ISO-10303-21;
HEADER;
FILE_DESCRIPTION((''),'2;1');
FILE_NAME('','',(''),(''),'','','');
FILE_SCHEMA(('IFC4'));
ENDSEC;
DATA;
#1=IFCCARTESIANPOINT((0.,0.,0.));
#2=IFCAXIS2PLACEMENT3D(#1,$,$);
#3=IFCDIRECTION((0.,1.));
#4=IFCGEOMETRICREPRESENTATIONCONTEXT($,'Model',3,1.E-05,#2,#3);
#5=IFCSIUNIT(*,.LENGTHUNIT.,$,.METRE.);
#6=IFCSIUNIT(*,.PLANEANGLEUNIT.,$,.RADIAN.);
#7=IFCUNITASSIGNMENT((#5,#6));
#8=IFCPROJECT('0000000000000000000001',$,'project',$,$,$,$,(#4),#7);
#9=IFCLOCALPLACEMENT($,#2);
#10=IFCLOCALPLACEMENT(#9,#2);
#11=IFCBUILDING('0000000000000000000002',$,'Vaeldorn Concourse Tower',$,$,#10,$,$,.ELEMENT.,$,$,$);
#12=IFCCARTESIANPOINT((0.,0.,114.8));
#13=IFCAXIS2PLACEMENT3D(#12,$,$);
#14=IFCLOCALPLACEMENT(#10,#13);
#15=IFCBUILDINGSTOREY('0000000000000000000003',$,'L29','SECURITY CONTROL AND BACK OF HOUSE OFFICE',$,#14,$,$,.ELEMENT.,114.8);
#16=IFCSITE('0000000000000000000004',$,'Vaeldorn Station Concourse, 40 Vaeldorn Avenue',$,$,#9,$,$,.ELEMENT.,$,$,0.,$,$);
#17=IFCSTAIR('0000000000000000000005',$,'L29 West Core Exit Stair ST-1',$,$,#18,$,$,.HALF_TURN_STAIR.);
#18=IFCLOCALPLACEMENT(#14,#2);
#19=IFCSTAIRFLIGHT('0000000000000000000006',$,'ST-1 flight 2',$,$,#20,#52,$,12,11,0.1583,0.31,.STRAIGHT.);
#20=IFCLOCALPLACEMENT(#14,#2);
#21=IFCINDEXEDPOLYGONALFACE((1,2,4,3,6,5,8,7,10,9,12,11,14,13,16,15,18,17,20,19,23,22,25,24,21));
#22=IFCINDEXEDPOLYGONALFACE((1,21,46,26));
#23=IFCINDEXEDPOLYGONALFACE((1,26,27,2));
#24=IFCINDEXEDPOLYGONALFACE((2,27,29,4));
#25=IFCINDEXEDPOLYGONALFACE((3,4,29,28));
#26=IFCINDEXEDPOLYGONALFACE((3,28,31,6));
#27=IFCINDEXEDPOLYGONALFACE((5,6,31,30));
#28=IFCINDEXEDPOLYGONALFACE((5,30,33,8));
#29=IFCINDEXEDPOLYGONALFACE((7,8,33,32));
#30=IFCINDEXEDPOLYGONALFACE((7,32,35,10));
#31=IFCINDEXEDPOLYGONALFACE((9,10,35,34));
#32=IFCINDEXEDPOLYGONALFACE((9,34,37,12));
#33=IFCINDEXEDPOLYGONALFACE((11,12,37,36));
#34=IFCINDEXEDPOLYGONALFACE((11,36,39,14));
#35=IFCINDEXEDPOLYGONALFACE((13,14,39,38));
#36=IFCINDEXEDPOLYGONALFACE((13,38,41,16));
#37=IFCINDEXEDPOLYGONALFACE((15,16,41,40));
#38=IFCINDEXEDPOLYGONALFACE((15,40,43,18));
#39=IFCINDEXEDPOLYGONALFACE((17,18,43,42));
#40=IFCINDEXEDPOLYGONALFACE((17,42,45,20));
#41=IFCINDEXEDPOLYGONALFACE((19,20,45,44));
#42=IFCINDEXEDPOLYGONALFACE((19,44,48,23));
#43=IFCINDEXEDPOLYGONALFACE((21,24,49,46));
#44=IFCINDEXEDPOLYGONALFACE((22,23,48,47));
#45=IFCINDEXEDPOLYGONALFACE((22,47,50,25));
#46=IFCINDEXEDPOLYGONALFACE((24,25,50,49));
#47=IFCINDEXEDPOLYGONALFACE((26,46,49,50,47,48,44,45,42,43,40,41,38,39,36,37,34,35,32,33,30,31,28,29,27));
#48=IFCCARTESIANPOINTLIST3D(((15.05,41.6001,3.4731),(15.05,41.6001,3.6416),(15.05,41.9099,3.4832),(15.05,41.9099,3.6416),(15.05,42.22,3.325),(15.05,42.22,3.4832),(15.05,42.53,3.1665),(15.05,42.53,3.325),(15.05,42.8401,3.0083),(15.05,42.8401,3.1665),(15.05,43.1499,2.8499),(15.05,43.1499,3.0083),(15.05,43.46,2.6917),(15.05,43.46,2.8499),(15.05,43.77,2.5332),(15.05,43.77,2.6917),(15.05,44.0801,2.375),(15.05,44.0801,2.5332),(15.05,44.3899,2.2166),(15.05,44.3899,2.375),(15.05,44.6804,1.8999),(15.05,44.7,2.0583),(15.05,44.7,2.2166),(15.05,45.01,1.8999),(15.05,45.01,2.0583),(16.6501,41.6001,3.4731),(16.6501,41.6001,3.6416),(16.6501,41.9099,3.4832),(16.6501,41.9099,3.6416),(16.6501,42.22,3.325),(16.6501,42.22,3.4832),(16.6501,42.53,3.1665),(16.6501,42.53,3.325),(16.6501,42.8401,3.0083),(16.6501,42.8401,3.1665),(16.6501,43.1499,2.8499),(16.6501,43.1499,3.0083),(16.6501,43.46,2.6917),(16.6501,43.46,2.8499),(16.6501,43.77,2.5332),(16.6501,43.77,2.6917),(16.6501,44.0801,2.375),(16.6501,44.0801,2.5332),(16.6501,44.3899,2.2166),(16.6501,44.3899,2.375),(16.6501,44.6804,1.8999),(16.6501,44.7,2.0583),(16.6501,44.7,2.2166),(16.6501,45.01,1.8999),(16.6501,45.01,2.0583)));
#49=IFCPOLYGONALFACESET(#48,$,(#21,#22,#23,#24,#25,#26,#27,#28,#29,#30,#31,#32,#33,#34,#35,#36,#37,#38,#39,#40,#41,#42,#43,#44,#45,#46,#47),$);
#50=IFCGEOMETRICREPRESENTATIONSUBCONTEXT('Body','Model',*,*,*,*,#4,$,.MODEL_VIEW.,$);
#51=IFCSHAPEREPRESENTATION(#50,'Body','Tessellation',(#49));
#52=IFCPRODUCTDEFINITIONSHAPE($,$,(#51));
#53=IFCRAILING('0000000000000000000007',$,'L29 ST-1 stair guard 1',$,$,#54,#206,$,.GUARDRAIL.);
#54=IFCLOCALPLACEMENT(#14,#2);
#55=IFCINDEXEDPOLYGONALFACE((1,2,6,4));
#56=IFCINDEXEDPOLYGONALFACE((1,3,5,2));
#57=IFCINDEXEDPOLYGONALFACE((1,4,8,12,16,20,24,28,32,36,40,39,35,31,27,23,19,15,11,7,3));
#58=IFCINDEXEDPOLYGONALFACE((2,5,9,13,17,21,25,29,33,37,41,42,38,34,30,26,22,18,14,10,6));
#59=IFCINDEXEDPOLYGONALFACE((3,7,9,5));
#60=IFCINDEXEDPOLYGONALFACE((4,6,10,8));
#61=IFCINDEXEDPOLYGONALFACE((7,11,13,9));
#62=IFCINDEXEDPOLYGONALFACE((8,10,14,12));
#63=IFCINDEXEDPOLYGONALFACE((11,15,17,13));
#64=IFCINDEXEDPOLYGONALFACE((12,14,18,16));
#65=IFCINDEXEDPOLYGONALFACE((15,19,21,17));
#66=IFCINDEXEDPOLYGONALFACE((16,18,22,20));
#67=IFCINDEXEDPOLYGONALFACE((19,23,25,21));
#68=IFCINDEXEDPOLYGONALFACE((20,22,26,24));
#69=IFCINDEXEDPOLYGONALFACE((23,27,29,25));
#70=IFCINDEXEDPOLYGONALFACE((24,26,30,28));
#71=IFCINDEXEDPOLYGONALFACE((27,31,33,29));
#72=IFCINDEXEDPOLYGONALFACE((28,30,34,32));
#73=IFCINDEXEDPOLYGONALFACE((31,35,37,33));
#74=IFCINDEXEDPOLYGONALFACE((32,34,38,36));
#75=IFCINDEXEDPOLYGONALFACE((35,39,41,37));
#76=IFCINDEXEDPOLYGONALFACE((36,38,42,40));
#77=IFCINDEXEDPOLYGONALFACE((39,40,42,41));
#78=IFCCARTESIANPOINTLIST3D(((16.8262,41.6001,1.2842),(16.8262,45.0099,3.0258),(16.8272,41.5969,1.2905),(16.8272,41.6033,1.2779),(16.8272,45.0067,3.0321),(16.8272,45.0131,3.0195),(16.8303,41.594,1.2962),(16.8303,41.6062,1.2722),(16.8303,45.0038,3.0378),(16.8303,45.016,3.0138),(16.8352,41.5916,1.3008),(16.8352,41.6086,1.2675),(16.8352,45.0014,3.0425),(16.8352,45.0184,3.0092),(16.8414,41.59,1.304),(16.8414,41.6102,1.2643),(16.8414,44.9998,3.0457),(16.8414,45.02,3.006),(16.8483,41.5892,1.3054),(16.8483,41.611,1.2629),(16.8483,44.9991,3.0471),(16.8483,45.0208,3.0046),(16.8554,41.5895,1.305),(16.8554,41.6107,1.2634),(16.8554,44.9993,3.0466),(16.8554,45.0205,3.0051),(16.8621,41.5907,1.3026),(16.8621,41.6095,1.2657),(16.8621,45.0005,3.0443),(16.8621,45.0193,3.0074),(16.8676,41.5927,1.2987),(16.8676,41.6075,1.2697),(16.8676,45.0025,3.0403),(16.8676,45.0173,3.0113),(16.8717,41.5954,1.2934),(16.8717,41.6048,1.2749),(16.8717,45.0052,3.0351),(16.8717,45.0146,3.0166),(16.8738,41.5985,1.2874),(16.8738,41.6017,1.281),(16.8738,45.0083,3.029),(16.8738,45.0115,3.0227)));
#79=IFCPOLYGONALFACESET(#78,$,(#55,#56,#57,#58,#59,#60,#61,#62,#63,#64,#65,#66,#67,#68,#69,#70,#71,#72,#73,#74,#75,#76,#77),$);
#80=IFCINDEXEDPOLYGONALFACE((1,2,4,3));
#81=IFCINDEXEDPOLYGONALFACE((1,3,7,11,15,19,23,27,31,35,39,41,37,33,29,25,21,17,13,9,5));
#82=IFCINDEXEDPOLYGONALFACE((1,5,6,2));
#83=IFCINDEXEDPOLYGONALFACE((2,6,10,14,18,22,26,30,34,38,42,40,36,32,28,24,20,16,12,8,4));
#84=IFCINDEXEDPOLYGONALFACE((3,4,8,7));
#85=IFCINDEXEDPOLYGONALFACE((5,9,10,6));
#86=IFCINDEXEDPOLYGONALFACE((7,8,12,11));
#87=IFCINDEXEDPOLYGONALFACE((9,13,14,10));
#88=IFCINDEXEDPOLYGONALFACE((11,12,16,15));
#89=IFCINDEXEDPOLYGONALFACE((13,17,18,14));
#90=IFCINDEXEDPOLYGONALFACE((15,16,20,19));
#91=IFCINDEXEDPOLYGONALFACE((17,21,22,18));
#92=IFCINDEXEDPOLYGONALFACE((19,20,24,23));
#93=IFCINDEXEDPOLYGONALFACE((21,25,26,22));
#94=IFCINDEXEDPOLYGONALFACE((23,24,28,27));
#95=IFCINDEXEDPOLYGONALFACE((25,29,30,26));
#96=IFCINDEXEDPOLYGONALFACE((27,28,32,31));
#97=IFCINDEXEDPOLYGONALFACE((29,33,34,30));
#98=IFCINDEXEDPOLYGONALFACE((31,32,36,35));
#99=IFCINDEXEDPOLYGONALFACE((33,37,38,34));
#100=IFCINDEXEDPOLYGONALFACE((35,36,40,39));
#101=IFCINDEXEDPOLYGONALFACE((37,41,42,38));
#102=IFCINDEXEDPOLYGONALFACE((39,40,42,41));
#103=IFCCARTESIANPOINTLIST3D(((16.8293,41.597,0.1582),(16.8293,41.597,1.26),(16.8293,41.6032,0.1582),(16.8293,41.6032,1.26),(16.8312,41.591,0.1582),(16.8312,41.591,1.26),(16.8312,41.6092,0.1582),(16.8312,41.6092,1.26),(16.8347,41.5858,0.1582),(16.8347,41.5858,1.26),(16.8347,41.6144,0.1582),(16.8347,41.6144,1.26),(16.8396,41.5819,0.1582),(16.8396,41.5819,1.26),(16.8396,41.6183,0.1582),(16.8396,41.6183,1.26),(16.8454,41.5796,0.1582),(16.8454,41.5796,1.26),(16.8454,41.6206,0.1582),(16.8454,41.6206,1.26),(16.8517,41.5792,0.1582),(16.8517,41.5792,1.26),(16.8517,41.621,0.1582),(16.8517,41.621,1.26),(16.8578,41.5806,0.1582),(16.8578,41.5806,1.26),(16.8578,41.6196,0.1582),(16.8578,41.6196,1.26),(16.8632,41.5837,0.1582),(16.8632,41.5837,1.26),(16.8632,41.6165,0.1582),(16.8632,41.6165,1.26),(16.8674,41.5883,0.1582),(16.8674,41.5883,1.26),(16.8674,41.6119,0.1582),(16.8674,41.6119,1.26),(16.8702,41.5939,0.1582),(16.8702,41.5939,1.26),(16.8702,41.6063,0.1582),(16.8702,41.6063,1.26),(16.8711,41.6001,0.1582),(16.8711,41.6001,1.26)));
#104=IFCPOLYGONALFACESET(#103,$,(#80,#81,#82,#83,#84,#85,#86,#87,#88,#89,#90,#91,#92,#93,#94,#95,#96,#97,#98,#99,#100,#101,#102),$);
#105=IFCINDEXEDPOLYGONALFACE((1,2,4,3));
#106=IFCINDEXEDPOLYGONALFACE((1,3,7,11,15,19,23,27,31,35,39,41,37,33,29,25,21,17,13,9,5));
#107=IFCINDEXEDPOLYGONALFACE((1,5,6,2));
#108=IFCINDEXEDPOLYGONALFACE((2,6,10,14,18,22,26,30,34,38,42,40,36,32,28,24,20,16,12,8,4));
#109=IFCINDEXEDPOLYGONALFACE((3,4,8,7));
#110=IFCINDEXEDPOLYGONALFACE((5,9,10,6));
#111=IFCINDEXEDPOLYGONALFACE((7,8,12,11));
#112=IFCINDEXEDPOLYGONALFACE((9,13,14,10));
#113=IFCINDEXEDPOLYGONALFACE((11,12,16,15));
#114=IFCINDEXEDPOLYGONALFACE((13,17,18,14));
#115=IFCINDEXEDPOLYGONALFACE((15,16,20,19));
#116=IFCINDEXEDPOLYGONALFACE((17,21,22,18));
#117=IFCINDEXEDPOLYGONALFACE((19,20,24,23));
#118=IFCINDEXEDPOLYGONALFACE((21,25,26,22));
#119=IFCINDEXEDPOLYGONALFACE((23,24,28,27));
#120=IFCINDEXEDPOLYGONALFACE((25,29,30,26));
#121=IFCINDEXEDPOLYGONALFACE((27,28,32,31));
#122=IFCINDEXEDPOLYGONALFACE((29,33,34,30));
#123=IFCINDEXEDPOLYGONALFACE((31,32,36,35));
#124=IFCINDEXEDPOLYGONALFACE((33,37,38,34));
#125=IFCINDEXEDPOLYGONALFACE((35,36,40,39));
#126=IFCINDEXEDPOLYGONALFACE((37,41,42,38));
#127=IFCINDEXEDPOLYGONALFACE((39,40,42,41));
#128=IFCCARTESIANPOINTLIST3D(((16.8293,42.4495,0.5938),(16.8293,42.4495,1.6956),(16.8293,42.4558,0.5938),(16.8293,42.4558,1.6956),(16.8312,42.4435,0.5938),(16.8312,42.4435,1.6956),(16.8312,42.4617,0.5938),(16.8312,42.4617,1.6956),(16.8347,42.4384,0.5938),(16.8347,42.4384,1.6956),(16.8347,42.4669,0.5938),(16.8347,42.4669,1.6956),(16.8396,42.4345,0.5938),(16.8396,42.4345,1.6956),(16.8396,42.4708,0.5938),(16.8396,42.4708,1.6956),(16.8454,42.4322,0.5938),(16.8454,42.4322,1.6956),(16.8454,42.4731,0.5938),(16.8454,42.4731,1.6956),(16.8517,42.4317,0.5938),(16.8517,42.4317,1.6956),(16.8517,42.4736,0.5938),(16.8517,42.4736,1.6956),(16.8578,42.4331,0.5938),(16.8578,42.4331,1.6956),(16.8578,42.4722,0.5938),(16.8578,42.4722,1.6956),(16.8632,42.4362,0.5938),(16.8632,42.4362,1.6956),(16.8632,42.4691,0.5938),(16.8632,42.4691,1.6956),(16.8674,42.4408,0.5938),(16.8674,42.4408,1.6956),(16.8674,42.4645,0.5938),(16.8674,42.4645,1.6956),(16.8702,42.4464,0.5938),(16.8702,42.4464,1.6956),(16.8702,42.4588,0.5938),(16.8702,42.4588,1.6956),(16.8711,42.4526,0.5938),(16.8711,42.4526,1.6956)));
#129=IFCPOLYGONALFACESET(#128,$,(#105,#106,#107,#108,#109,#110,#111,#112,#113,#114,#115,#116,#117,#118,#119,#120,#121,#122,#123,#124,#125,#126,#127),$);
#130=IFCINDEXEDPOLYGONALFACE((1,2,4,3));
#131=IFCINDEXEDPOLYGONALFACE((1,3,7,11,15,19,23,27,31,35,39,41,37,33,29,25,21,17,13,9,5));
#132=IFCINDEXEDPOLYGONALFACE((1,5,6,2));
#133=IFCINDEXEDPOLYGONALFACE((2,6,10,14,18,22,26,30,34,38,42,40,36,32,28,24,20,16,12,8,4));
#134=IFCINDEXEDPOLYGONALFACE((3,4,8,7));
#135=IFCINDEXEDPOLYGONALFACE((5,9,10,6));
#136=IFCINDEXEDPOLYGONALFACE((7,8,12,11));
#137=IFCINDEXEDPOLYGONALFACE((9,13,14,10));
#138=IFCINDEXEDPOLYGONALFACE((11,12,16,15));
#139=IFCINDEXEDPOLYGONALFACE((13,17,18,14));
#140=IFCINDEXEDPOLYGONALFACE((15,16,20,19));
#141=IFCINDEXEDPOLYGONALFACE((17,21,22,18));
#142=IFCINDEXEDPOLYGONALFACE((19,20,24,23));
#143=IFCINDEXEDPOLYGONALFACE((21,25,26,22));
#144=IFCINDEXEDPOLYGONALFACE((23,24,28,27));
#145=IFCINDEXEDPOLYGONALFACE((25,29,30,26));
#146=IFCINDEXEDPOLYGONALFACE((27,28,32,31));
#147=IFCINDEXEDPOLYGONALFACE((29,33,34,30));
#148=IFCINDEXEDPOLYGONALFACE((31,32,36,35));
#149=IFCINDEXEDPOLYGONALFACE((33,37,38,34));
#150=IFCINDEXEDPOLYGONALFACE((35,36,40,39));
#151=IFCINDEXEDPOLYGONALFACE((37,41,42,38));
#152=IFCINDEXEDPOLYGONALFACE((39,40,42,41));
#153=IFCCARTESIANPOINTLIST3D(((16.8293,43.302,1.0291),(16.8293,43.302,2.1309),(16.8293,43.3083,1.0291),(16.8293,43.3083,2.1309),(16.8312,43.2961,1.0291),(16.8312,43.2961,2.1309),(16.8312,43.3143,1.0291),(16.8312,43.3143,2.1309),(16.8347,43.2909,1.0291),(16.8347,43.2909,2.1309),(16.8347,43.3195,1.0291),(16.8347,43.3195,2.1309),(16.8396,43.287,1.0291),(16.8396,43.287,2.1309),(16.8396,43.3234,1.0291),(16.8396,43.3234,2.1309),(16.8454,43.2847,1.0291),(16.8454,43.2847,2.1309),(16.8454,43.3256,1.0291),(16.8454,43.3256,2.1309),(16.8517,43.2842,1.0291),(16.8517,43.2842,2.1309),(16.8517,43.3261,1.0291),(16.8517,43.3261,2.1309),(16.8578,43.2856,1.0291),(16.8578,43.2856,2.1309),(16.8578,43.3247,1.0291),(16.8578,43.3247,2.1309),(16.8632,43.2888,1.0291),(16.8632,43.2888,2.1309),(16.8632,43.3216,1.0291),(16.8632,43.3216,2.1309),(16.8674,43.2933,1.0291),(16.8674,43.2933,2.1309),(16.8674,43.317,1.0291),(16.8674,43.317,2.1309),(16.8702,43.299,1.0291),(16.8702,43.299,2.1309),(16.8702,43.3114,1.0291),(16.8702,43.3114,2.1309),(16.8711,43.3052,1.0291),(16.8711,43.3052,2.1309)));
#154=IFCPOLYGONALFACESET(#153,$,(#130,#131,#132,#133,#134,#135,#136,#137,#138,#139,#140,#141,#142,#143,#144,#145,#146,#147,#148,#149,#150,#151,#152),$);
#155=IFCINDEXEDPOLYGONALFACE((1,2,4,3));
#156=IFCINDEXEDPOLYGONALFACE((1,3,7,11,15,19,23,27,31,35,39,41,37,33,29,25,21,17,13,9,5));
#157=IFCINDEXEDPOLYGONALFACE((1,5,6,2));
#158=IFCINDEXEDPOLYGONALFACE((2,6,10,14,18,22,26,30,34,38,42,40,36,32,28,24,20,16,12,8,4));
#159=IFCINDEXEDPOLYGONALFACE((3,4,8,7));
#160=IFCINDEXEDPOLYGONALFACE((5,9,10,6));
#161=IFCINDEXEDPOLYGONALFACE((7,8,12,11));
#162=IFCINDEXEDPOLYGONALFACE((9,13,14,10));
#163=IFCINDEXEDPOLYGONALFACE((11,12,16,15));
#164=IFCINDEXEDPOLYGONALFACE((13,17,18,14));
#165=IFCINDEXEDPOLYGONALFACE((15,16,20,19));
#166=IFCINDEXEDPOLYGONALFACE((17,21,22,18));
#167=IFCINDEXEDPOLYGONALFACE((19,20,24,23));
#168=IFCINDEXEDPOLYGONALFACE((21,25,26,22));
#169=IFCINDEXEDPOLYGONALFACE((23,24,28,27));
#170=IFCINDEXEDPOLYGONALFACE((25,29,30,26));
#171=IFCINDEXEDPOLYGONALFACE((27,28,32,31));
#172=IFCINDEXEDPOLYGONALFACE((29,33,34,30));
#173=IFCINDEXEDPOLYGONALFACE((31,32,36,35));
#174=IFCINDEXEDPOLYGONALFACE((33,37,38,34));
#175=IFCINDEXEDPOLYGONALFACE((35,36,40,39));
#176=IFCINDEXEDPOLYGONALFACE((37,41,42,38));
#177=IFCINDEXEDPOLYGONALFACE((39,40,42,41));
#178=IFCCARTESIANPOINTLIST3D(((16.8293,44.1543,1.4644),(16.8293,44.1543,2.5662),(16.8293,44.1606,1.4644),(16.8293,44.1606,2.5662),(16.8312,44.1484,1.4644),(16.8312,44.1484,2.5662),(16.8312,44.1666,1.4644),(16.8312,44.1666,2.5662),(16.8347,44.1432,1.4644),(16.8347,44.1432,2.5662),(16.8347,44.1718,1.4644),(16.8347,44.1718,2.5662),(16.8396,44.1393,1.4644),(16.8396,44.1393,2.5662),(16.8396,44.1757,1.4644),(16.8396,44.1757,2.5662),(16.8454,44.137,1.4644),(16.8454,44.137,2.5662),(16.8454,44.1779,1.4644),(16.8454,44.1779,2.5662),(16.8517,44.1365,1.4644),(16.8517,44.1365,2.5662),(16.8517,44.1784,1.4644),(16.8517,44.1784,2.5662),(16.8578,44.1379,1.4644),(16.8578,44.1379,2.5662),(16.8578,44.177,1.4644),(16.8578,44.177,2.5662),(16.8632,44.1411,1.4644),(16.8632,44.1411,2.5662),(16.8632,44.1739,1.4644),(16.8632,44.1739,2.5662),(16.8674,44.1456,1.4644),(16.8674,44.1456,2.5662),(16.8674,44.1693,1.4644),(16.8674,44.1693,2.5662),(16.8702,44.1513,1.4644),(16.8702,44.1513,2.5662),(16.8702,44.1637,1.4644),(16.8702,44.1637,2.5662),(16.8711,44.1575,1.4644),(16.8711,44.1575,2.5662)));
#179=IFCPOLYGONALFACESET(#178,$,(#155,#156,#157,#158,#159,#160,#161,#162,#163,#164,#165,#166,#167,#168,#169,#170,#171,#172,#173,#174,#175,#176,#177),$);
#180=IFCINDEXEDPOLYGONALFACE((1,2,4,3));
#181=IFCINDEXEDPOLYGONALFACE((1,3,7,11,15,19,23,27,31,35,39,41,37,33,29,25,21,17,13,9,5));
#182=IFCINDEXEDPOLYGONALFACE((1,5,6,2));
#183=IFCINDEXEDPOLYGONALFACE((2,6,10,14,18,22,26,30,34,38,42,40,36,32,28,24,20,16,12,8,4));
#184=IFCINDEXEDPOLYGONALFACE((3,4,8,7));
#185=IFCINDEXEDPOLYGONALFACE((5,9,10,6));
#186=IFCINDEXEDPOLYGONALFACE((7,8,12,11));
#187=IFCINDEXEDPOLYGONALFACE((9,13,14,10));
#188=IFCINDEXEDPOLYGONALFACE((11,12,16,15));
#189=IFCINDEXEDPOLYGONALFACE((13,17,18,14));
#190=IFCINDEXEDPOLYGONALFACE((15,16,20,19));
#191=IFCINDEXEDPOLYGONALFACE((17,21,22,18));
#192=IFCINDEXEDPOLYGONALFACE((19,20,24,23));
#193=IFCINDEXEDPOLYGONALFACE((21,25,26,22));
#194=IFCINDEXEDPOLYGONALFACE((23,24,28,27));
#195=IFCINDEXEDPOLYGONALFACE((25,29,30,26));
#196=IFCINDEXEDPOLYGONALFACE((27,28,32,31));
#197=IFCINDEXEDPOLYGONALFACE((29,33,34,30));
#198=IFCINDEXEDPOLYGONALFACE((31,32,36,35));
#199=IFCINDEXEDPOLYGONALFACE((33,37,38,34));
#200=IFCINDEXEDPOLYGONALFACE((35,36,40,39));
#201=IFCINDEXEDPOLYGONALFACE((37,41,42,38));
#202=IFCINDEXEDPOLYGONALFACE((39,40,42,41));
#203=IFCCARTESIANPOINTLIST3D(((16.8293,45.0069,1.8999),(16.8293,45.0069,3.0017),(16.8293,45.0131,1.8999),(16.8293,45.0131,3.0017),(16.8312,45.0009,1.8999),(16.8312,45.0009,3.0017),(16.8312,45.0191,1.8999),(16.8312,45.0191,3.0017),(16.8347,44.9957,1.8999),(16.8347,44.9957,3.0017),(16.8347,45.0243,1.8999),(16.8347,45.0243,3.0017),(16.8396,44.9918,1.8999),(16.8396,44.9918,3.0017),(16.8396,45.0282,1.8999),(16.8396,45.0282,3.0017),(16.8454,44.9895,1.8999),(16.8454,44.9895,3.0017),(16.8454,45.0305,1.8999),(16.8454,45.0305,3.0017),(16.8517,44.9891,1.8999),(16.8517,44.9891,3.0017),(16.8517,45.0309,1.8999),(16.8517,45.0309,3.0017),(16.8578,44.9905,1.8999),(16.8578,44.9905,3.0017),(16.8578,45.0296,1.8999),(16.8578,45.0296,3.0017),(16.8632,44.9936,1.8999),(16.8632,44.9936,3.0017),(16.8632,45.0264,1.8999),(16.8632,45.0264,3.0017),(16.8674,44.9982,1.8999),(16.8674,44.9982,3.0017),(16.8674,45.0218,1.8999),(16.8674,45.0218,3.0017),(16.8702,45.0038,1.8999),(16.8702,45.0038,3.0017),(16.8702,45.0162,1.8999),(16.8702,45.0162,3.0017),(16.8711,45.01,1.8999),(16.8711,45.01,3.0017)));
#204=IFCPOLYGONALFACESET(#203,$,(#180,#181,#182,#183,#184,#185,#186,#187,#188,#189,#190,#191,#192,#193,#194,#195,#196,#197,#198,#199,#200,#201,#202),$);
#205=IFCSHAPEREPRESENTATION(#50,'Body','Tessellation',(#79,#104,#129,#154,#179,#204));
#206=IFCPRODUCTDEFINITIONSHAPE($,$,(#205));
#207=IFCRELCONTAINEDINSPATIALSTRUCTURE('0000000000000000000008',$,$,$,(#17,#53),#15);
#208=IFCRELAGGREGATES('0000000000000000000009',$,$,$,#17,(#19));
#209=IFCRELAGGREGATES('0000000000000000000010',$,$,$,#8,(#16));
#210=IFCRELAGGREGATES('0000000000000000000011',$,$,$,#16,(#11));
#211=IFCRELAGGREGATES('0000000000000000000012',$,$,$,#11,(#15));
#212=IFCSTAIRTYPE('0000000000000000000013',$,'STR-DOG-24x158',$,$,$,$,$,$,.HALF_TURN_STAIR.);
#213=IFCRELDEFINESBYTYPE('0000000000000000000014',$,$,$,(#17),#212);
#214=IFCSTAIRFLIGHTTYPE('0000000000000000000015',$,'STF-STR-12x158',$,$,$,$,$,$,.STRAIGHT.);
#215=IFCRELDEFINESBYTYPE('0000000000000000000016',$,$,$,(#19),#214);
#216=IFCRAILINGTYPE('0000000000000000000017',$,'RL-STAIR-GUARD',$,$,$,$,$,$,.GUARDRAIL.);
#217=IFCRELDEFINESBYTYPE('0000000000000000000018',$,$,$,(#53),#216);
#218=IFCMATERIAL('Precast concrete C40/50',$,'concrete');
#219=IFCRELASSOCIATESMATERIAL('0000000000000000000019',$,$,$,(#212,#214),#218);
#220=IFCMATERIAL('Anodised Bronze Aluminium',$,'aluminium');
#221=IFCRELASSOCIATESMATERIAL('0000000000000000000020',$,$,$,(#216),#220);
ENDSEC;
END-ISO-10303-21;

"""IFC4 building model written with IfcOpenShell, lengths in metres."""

from ifc_helpers import new_model, si_unit, direction, frame, origin, origin_2d, place, context, subcontext, project, spatial, polyline, circle, outline, extrude, material, type_object, element, aggregate, save


model = new_model("IFC4")

# Units and contexts
model_context = context("Model", 3, precision=1e-05, world=origin(), true_north=direction((0.0, 1.0)))
body_context = subcontext(model_context, "Body", "Model", "MODEL_VIEW")
ifc_project = project(units=[si_unit("LENGTHUNIT", "METRE"), si_unit("PLANEANGLEUNIT", "RADIAN")], contexts=[model_context])

# Site, building, storey
site_placement = place(None, origin())
site = spatial("IfcSite", under=ifc_project, at=site_placement, Name="Vaeldorn Station Concourse, 40 Vaeldorn Avenue", CompositionType="ELEMENT", RefElevation=0.0)
building_placement = place(site_placement, origin())
building = spatial("IfcBuilding", under=site, at=building_placement, Name="Vaeldorn Concourse Tower", CompositionType="ELEMENT")
storey_placement = place(building_placement, frame((0.0, 0.0, 114.8)))
storey = spatial("IfcBuildingStorey", under=building, at=storey_placement, Name="L29", Description="SECURITY CONTROL AND BACK OF HOUSE OFFICE", CompositionType="ELEMENT", Elevation=114.8)

# Shared definitions
ifc_material_1 = material(Name="Anodised Bronze Aluminium", Category="aluminium")

# Stair, stair flight
ifc_material_2 = material(Name="Precast concrete C40/50", Category="concrete")
stair_type = type_object("IfcStairType", Name="STR-DOG-24x158", PredefinedType="HALF_TURN_STAIR", material=ifc_material_2)
stair_placement = place(storey_placement, origin())
stair = element("IfcStair", 1, at=stair_placement, inside=storey, type_object=stair_type, Name="L29 West Core Exit Stair ST-1", PredefinedType="HALF_TURN_STAIR")
stair_flight_type = type_object("IfcStairFlightType", Name="STF-STR-12x158", PredefinedType="STRAIGHT", material=ifc_material_2)
stair_flight_1_placement = place(storey_placement, frame((15.8501, 45.01, 1.8999), z_axis=(0.0, 0.0, 1.0), x_axis=(0.0, -1.0, 0.0)))
stair_flight_1 = element("IfcStairFlight", 2, at=stair_flight_1_placement, type_object=stair_flight_type, Name="ST-1 flight 2", NumberOfRisers=12, NumberOfTreads=11, PredefinedType="STRAIGHT", RiserHeight=0.1583, TreadLength=0.31, context=body_context, shape_type="SweptSolid", body=[
    extrude(outline(polyline([(0.0, 0.0), (0.0, 0.1584), (0.3101, 0.1584), (0.3101, 0.3167), (0.6201, 0.3167), (0.6201, 0.4751), (0.9299, 0.4751), (0.9299, 0.6333), (1.24, 0.6333), (1.24, 0.7917), (1.55, 0.7917), (1.55, 0.95), (1.8601, 0.95), (1.8601, 1.1084), (2.1699, 1.1084), (2.1699, 1.2666), (2.48, 1.2666), (2.48, 1.425), (2.79, 1.425), (2.79, 1.5833), (3.1001, 1.5833), (3.1001, 1.7417), (3.4099, 1.7417), (3.4099, 1.8999), (3.4099, 1.5732), (0.3296, 0.0), (0.0, 0.0)])), frame((0.0, 0.8, 0.0), z_axis=(0.0, -1.0, 0.0), x_axis=(1.0, 0.0, 0.0)), (0.0, 0.0, 1.0), 1.6001),
])
aggregate(stair, [stair_flight_1])

# Railing
railing_type_1 = type_object("IfcRailingType", Name="RL-STAIR-GUARD", PredefinedType="GUARDRAIL", material=ifc_material_1)
railing_1_placement = place(storey_placement, frame((16.8501, 41.6001, 0.1582)))
element("IfcRailing", 3, at=railing_1_placement, inside=storey, type_object=railing_type_1, Name="L29 ST-1 stair guard 1", PredefinedType="GUARDRAIL", context=body_context, shape_type="SweptSolid", body=[
    extrude(circle(Radius=0.0239, at=origin_2d()), frame((0.0, 0.0, 1.126), z_axis=(0.0, 0.890556, 0.454874), x_axis=(-1.0, 0.0, 0.0)), (0.0, 0.0, 1.0), 3.8289),
    extrude(circle(Radius=0.021, at=origin_2d()), origin(), (0.0, 0.0, 1.0), 1.1018),
    extrude(circle(Radius=0.021, at=origin_2d()), frame((0.0, 0.8525, 0.4355)), (0.0, 0.0, 1.0), 1.1018),
    extrude(circle(Radius=0.021, at=origin_2d()), frame((0.0, 1.7051, 0.8708)), (0.0, 0.0, 1.0), 1.1018),
    extrude(circle(Radius=0.021, at=origin_2d()), frame((0.0, 2.5574, 1.3062)), (0.0, 0.0, 1.0), 1.1018),
    extrude(circle(Radius=0.021, at=origin_2d()), frame((0.0, 3.4099, 1.7417)), (0.0, 0.0, 1.0), 1.1018),
])

save(model, "model.ifc")
